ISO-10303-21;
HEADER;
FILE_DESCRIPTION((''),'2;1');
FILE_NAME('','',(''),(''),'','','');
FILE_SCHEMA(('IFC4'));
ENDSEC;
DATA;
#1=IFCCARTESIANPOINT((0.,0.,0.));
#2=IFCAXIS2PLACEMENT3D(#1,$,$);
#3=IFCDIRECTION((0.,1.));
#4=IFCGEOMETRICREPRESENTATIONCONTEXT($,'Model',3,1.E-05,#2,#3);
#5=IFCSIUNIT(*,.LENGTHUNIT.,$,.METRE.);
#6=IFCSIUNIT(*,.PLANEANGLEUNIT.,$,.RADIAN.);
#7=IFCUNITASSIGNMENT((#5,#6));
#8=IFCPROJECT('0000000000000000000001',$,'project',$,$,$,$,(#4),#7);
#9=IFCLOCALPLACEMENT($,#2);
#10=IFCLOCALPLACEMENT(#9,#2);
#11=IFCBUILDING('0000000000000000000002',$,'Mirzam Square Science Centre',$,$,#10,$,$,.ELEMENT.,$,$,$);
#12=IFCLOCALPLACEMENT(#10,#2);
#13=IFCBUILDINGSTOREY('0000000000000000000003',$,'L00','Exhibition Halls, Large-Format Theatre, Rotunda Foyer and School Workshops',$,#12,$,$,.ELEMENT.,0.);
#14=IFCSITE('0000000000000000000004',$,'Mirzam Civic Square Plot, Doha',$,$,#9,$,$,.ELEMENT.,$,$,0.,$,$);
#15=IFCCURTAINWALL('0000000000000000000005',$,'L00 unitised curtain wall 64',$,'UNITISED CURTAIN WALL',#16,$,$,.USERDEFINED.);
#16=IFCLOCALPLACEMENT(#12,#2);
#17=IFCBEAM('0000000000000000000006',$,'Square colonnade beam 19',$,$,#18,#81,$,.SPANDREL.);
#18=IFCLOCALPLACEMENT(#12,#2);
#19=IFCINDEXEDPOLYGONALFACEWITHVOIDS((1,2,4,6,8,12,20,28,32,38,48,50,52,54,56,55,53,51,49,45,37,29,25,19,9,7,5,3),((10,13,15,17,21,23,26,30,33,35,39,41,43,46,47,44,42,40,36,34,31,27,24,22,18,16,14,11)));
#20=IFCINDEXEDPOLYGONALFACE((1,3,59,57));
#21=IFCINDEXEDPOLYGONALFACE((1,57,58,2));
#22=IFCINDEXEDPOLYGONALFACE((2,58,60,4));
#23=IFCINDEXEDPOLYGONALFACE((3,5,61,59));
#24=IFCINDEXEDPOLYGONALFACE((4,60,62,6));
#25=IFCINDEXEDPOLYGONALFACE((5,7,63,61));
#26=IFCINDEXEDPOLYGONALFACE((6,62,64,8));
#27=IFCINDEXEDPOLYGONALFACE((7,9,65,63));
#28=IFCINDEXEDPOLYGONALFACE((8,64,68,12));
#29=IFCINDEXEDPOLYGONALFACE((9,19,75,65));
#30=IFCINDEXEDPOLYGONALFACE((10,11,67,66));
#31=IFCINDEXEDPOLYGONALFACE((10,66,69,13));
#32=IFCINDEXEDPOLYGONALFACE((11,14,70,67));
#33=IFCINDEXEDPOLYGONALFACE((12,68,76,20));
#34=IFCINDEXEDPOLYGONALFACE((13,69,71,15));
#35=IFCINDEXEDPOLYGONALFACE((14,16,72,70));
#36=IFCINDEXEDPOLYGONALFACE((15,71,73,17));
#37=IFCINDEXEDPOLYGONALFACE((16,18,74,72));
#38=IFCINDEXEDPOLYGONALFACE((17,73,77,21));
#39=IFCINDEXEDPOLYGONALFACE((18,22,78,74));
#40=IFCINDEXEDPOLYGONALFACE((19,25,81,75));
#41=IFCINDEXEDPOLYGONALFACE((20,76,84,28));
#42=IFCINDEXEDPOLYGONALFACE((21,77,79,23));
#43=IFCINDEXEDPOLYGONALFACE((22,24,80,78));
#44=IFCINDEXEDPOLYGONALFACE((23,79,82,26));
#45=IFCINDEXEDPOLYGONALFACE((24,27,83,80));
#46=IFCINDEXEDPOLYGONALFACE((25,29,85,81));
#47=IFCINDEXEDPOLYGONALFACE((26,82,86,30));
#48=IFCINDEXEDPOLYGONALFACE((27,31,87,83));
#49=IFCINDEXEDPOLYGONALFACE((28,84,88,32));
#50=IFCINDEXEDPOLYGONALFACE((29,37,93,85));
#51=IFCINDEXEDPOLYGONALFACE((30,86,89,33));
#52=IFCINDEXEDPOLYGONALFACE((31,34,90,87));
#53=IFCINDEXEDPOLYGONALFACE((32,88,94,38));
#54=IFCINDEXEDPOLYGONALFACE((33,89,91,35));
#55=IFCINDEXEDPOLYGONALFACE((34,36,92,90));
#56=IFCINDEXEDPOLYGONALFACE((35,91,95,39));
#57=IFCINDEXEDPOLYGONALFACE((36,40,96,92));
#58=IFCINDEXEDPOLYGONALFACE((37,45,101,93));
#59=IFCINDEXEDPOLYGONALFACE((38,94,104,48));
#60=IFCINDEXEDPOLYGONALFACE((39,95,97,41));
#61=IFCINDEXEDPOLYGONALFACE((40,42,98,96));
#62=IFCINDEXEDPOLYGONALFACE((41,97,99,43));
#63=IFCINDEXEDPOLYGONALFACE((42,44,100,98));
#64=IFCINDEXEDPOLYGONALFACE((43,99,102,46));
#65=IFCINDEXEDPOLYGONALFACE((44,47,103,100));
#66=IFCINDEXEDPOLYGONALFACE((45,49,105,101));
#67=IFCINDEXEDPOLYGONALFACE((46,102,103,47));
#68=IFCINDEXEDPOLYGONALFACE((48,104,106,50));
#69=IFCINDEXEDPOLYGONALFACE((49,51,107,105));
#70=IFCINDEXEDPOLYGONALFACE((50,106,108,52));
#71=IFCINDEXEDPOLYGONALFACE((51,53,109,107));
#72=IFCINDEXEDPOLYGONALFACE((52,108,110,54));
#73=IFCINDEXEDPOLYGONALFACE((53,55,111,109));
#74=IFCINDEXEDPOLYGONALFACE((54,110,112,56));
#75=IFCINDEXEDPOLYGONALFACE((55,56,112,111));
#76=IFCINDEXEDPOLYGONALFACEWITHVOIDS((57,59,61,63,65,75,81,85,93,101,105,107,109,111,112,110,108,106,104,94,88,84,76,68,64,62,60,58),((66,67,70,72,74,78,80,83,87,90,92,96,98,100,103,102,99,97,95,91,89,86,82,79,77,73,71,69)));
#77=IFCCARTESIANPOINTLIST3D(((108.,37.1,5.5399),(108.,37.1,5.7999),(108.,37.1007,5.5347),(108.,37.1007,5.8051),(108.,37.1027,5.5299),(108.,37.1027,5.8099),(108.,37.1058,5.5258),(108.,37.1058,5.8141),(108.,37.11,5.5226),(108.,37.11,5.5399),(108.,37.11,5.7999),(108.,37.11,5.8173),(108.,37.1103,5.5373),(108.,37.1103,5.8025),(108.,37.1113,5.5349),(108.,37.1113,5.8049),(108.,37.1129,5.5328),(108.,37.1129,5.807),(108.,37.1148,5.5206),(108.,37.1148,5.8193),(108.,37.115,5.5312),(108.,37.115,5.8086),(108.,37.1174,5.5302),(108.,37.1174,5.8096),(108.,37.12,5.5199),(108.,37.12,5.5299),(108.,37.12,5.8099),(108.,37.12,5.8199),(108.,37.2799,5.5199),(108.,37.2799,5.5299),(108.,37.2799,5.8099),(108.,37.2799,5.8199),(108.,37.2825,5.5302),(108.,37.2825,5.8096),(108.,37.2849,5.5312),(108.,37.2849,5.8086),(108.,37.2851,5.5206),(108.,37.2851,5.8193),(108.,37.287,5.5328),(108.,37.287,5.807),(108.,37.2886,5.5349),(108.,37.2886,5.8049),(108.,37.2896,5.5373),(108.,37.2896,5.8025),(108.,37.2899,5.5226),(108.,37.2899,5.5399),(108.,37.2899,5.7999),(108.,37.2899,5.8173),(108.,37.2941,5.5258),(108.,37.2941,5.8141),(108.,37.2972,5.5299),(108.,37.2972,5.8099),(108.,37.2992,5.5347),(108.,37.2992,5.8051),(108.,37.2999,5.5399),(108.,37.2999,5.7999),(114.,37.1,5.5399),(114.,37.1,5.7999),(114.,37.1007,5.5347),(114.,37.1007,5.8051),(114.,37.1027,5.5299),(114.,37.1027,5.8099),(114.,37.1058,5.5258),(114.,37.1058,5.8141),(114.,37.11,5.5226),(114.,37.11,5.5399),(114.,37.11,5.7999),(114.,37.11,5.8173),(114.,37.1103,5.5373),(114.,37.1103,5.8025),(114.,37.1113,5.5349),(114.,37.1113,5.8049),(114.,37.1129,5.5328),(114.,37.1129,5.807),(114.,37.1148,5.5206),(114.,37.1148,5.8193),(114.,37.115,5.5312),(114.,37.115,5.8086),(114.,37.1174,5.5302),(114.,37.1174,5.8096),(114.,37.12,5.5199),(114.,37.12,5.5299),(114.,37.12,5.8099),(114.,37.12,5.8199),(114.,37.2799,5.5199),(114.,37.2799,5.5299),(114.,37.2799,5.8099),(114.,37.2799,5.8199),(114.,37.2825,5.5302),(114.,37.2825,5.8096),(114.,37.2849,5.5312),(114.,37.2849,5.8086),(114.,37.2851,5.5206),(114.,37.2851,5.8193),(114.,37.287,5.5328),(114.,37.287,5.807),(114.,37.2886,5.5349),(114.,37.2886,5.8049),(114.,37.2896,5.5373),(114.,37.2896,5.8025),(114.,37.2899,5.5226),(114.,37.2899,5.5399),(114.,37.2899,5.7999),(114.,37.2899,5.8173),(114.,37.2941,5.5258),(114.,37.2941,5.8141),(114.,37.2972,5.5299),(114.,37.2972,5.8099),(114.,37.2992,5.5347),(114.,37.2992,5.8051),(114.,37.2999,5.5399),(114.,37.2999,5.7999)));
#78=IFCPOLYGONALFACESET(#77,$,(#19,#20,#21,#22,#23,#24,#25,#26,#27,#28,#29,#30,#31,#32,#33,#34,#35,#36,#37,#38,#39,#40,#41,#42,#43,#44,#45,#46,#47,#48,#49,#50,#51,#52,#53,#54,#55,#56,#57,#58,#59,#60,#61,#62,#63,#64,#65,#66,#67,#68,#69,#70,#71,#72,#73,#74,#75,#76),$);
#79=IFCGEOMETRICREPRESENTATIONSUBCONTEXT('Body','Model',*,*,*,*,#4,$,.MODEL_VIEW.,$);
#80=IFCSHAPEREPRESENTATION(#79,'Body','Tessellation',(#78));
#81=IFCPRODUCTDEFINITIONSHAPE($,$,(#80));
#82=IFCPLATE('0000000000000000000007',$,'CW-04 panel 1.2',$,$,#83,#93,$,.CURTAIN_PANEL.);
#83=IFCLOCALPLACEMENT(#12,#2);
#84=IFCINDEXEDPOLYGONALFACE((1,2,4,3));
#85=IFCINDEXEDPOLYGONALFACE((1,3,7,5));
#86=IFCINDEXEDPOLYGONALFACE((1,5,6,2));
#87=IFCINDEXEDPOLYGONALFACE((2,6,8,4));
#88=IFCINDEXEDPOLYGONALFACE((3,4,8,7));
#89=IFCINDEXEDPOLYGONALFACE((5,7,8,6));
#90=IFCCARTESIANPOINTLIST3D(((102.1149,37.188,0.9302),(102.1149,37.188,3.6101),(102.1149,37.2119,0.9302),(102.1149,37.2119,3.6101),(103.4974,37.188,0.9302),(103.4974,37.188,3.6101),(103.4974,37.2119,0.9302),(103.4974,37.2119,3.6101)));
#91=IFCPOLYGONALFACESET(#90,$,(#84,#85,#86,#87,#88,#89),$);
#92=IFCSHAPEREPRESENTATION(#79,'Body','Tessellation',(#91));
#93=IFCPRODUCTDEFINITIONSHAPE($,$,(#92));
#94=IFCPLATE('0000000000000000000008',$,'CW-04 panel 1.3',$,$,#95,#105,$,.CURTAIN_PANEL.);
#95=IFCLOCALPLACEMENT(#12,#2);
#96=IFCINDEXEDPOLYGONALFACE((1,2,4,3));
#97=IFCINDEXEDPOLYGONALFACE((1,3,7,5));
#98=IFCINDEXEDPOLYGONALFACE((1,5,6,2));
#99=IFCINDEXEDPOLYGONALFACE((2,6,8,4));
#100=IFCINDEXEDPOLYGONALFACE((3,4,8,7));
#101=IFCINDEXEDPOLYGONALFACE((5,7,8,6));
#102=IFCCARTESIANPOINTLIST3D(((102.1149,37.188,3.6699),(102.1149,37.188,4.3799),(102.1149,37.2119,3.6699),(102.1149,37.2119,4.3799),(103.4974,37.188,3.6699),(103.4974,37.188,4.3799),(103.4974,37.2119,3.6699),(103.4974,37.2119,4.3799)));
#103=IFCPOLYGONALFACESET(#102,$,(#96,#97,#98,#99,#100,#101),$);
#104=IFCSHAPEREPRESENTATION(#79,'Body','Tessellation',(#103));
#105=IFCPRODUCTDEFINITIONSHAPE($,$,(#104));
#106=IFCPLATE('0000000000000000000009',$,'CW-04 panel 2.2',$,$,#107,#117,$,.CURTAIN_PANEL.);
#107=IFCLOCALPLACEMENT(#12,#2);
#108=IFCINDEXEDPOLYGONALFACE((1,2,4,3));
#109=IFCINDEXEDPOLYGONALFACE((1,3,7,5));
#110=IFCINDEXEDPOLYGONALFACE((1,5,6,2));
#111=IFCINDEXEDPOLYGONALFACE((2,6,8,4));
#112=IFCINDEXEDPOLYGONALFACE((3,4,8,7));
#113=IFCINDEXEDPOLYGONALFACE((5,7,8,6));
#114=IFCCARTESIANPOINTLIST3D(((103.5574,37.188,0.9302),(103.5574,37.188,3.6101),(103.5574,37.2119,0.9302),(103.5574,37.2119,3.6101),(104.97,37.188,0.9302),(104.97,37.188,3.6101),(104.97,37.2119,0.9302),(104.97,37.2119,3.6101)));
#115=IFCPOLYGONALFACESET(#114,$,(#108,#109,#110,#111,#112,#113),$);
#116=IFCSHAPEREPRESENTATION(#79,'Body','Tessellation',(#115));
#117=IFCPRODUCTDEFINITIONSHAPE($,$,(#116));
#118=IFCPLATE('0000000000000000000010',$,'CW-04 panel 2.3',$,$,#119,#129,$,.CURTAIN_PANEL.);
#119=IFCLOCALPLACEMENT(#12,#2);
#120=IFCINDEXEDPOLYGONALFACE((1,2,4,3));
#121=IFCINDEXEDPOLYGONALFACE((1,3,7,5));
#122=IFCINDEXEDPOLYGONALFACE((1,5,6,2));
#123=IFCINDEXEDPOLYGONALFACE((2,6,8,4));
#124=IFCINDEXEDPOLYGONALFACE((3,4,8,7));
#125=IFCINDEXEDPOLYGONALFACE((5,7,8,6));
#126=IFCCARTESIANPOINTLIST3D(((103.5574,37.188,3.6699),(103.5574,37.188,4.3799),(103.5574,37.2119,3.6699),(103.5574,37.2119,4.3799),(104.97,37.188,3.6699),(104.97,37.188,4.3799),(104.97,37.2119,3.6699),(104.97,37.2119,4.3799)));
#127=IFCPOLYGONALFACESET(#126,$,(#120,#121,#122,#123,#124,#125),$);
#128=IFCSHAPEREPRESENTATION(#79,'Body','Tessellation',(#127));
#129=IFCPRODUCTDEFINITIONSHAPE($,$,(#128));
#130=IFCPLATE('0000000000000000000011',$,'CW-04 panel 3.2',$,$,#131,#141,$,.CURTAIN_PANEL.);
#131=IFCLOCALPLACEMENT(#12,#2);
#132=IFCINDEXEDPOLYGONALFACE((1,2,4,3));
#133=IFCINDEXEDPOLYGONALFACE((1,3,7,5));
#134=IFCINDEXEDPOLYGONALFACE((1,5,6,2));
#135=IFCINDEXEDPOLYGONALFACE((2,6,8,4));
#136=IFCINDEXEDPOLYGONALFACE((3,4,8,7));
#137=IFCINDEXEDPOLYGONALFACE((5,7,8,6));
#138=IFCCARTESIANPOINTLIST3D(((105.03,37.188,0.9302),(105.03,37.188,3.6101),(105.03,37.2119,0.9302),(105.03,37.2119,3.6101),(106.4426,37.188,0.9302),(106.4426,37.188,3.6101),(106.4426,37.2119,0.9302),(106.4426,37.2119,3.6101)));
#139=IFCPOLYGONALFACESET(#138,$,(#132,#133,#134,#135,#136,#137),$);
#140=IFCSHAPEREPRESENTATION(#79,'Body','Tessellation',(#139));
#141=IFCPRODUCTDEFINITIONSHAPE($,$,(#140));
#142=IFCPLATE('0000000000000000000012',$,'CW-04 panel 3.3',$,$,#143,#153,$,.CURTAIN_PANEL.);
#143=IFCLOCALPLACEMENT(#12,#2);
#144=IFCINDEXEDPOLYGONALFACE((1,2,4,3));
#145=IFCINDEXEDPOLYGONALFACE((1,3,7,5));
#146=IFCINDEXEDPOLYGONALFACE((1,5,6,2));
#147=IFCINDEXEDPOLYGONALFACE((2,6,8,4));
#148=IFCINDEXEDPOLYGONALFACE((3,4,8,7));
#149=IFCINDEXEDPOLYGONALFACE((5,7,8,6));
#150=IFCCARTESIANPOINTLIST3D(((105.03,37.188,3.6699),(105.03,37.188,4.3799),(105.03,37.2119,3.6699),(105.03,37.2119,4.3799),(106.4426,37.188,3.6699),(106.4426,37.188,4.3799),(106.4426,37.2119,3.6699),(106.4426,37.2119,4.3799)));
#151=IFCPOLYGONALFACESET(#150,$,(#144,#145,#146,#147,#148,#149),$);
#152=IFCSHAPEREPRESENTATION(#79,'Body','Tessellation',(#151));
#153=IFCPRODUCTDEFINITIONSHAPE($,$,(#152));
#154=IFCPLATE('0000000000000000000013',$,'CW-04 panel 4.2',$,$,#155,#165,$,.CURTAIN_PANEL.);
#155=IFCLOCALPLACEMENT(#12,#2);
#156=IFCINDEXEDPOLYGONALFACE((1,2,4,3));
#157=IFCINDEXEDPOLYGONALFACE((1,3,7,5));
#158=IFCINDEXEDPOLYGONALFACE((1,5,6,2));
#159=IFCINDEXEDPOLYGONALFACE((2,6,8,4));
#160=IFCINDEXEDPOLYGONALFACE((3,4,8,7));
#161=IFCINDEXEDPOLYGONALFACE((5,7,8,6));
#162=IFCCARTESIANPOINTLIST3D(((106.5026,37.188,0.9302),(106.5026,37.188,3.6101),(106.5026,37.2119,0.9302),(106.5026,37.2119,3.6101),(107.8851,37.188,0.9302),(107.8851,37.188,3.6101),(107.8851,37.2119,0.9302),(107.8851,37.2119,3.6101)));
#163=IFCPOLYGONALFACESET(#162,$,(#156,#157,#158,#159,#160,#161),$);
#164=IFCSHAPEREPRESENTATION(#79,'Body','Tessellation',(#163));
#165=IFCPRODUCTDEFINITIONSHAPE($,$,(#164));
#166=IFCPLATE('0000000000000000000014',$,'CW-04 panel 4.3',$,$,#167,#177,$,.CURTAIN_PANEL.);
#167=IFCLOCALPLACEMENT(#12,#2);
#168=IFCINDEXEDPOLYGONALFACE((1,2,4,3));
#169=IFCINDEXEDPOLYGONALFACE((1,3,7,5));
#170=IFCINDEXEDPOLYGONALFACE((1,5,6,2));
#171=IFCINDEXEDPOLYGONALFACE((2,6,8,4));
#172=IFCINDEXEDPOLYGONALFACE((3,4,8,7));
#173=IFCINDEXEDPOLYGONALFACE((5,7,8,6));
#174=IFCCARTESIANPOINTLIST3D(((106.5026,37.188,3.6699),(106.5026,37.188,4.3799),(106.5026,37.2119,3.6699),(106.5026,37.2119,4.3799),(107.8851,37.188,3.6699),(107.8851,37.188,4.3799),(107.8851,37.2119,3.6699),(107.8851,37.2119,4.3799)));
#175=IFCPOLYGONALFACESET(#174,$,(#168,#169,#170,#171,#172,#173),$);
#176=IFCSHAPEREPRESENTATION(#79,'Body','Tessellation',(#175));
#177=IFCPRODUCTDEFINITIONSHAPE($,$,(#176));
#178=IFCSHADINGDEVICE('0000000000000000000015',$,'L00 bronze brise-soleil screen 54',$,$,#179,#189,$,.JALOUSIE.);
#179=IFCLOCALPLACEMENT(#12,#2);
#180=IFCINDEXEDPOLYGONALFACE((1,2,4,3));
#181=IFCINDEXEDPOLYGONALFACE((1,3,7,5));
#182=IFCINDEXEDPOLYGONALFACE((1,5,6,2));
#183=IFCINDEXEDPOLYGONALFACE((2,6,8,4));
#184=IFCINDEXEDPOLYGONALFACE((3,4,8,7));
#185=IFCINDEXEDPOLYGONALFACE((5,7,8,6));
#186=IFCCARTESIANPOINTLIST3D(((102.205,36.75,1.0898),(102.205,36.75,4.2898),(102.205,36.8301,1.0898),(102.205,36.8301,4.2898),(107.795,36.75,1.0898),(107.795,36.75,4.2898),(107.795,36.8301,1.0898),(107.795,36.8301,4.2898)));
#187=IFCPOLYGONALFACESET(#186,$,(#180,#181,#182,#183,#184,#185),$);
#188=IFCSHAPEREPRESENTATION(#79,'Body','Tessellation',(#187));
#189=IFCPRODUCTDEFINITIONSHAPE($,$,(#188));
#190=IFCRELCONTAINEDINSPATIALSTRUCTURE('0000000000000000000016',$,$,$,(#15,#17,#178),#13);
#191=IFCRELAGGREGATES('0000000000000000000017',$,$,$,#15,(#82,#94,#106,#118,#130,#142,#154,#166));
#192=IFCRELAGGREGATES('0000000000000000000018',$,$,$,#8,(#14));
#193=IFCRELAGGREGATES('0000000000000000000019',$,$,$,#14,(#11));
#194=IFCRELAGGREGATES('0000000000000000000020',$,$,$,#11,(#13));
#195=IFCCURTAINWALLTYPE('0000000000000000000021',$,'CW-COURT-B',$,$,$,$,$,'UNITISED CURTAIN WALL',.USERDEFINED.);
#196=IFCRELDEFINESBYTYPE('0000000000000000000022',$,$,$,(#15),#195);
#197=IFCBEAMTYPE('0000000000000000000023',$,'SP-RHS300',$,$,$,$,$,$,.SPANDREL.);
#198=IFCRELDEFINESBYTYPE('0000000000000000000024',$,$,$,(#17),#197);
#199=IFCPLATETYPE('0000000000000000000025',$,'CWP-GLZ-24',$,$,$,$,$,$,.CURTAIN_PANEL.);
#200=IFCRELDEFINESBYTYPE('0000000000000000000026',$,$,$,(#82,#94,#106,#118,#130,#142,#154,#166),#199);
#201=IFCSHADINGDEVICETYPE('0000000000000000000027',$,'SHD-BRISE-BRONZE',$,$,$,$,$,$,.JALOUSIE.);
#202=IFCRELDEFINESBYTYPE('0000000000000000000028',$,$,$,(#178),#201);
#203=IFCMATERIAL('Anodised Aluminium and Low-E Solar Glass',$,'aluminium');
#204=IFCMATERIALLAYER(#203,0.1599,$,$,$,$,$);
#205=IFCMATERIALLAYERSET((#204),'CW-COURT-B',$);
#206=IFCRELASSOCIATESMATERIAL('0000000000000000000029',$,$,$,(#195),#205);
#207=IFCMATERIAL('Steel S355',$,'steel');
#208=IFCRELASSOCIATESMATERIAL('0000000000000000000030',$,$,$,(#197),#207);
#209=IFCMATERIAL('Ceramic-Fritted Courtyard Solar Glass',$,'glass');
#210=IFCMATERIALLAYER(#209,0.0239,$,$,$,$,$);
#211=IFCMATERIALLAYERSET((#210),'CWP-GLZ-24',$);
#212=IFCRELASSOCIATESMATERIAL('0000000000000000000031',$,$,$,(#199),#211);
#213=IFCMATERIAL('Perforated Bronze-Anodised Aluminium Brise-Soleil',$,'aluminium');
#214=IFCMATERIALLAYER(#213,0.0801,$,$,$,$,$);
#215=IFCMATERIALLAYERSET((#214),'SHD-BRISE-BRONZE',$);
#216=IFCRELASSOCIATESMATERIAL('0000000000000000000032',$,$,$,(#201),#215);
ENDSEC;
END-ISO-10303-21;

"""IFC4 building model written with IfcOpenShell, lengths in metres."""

from ifc_helpers import new_model, si_unit, direction, frame, origin, origin_2d, place, context, subcontext, project, spatial, rectangle, hollow_rectangle, extrude, material, layer, layer_set, material_profile, profile_set, type_object, element, aggregate, save


model = new_model("IFC4")

# Units and contexts
model_context = context("Model", 3, precision=1e-05, world=origin(), true_north=direction((0.0, 1.0)))
body_context = subcontext(model_context, "Body", "Model", "MODEL_VIEW")
ifc_project = project(units=[si_unit("LENGTHUNIT", "METRE"), si_unit("PLANEANGLEUNIT", "RADIAN")], contexts=[model_context])

# Site, building, storey
site_placement = place(None, origin())
site = spatial("IfcSite", under=ifc_project, at=site_placement, Name="Mirzam Civic Square Plot, Doha", CompositionType="ELEMENT", RefElevation=0.0)
building_placement = place(site_placement, origin())
building = spatial("IfcBuilding", under=site, at=building_placement, Name="Mirzam Square Science Centre", CompositionType="ELEMENT")
storey_placement = place(building_placement, origin())
storey = spatial("IfcBuildingStorey", under=building, at=storey_placement, Name="L00", Description="Exhibition Halls, Large-Format Theatre, Rotunda Foyer and School Workshops", CompositionType="ELEMENT", Elevation=0.0)

# Curtain wall
ifc_material_1 = material(Name="Anodised Aluminium and Low-E Solar Glass", Category="aluminium")
ifc_layer_1 = layer(ifc_material_1, 0.1599)
ifc_layer_set_1 = layer_set([ifc_layer_1], Name="CW-COURT-B")
curtain_wall_type = type_object("IfcCurtainWallType", Name="CW-COURT-B", ElementType="UNITISED CURTAIN WALL", PredefinedType="USERDEFINED", material=ifc_layer_set_1)
curtain_wall_placement = place(storey_placement, origin())
curtain_wall = element("IfcCurtainWall", 1, at=curtain_wall_placement, inside=storey, type_object=curtain_wall_type, Name="L00 unitised curtain wall 64", ObjectType="UNITISED CURTAIN WALL", PredefinedType="USERDEFINED")

# Beam
ifc_material_2 = material(Name="Steel S355", Category="steel")
ifc_material_profile_1 = material_profile(ifc_material_2, hollow_rectangle(XDim=0.2, YDim=0.3, WallThickness=0.01, InnerFilletRadius=0.01, OuterFilletRadius=0.02, at=origin_2d()), Name="300x200x10.0RHS")
ifc_profile_set_1 = profile_set([ifc_material_profile_1], Name="Steel S355")
beam_type = type_object("IfcBeamType", Name="SP-RHS300", PredefinedType="SPANDREL", material=ifc_profile_set_1)
beam_placement = place(storey_placement, frame((108.0, 37.2, 5.6699), z_axis=(1.0, 0.0, 0.0), x_axis=(0.0, 1.0, 0.0)))
element("IfcBeam", 2, at=beam_placement, inside=storey, type_object=beam_type, Name="Square colonnade beam 19", PredefinedType="SPANDREL", context=body_context, shape_type="SweptSolid", body=[
    extrude(hollow_rectangle(XDim=0.2, YDim=0.3, WallThickness=0.01, InnerFilletRadius=0.01, OuterFilletRadius=0.02, at=origin_2d()), origin(), (0.0, 0.0, 1.0), 6.0),
])

# Plates
ifc_material_3 = material(Name="Ceramic-Fritted Courtyard Solar Glass", Category="glass")
ifc_layer_2 = layer(ifc_material_3, 0.0239)
ifc_layer_set_2 = layer_set([ifc_layer_2], Name="CWP-GLZ-24")
plate_type = type_object("IfcPlateType", Name="CWP-GLZ-24", PredefinedType="CURTAIN_PANEL", material=ifc_layer_set_2)
plate_1_placement = place(storey_placement, frame((102.8062, 37.2, 0.9302), z_axis=(0.0, 0.0, 1.0), x_axis=(1.0, 0.0, 0.0)))
plate_1 = element("IfcPlate", 3, at=plate_1_placement, type_object=plate_type, Name="CW-04 panel 1.2", PredefinedType="CURTAIN_PANEL", context=body_context, shape_type="SweptSolid", body=[
    extrude(rectangle(XDim=1.3826, YDim=0.0239, at=origin_2d()), origin(), (0.0, 0.0, 1.0), 2.6799),
])
plate_2_placement = place(storey_placement, frame((102.8062, 37.2, 3.6699), z_axis=(0.0, 0.0, 1.0), x_axis=(1.0, 0.0, 0.0)))
plate_2 = element("IfcPlate", 4, at=plate_2_placement, type_object=plate_type, Name="CW-04 panel 1.3", PredefinedType="CURTAIN_PANEL", context=body_context, shape_type="SweptSolid", body=[
    extrude(rectangle(XDim=1.3826, YDim=0.0239, at=origin_2d()), origin(), (0.0, 0.0, 1.0), 0.71),
])
plate_3_placement = place(storey_placement, frame((104.2637, 37.2, 0.9302), z_axis=(0.0, 0.0, 1.0), x_axis=(1.0, 0.0, 0.0)))
plate_3 = element("IfcPlate", 5, at=plate_3_placement, type_object=plate_type, Name="CW-04 panel 2.2", PredefinedType="CURTAIN_PANEL", context=body_context, shape_type="SweptSolid", body=[
    extrude(rectangle(XDim=1.4126, YDim=0.0239, at=origin_2d()), origin(), (0.0, 0.0, 1.0), 2.6799),
])
plate_4_placement = place(storey_placement, frame((104.2637, 37.2, 3.6699), z_axis=(0.0, 0.0, 1.0), x_axis=(1.0, 0.0, 0.0)))
plate_4 = element("IfcPlate", 6, at=plate_4_placement, type_object=plate_type, Name="CW-04 panel 2.3", PredefinedType="CURTAIN_PANEL", context=body_context, shape_type="SweptSolid", body=[
    extrude(rectangle(XDim=1.4126, YDim=0.0239, at=origin_2d()), origin(), (0.0, 0.0, 1.0), 0.71),
])
plate_5_placement = place(storey_placement, frame((105.7363, 37.2, 0.9302), z_axis=(0.0, 0.0, 1.0), x_axis=(1.0, 0.0, 0.0)))
plate_5 = element("IfcPlate", 7, at=plate_5_placement, type_object=plate_type, Name="CW-04 panel 3.2", PredefinedType="CURTAIN_PANEL", context=body_context, shape_type="SweptSolid", body=[
    extrude(rectangle(XDim=1.4126, YDim=0.0239, at=origin_2d()), origin(), (0.0, 0.0, 1.0), 2.6799),
])
plate_6_placement = place(storey_placement, frame((105.7363, 37.2, 3.6699), z_axis=(0.0, 0.0, 1.0), x_axis=(1.0, 0.0, 0.0)))
plate_6 = element("IfcPlate", 8, at=plate_6_placement, type_object=plate_type, Name="CW-04 panel 3.3", PredefinedType="CURTAIN_PANEL", context=body_context, shape_type="SweptSolid", body=[
    extrude(rectangle(XDim=1.4126, YDim=0.0239, at=origin_2d()), origin(), (0.0, 0.0, 1.0), 0.71),
])
plate_7_placement = place(storey_placement, frame((107.1938, 37.2, 0.9302), z_axis=(0.0, 0.0, 1.0), x_axis=(1.0, 0.0, 0.0)))
plate_7 = element("IfcPlate", 9, at=plate_7_placement, type_object=plate_type, Name="CW-04 panel 4.2", PredefinedType="CURTAIN_PANEL", context=body_context, shape_type="SweptSolid", body=[
    extrude(rectangle(XDim=1.3826, YDim=0.0239, at=origin_2d()), origin(), (0.0, 0.0, 1.0), 2.6799),
])
plate_8_placement = place(storey_placement, frame((107.1938, 37.2, 3.6699), z_axis=(0.0, 0.0, 1.0), x_axis=(1.0, 0.0, 0.0)))
plate_8 = element("IfcPlate", 10, at=plate_8_placement, type_object=plate_type, Name="CW-04 panel 4.3", PredefinedType="CURTAIN_PANEL", context=body_context, shape_type="SweptSolid", body=[
    extrude(rectangle(XDim=1.3826, YDim=0.0239, at=origin_2d()), origin(), (0.0, 0.0, 1.0), 0.71),
])
aggregate(curtain_wall, [plate_1, plate_2, plate_3, plate_4, plate_5, plate_6, plate_7, plate_8])

# Shading device
ifc_material_4 = material(Name="Perforated Bronze-Anodised Aluminium Brise-Soleil", Category="aluminium")
ifc_layer_3 = layer(ifc_material_4, 0.0801)
ifc_layer_set_3 = layer_set([ifc_layer_3], Name="SHD-BRISE-BRONZE")
shading_device_type = type_object("IfcShadingDeviceType", Name="SHD-BRISE-BRONZE", PredefinedType="JALOUSIE", material=ifc_layer_set_3)
shading_device_placement = place(storey_placement, frame((105.0, 36.79, 1.0898), z_axis=(0.0, 0.0, 1.0), x_axis=(1.0, 0.0, 0.0)))
element("IfcShadingDevice", 11, at=shading_device_placement, inside=storey, type_object=shading_device_type, Name="L00 bronze brise-soleil screen 54", PredefinedType="JALOUSIE", context=body_context, shape_type="SweptSolid", body=[
    extrude(rectangle(XDim=5.5901, YDim=0.0801, at=origin_2d()), origin(), (0.0, 0.0, 1.0), 3.2),
])

save(model, "model.ifc")
